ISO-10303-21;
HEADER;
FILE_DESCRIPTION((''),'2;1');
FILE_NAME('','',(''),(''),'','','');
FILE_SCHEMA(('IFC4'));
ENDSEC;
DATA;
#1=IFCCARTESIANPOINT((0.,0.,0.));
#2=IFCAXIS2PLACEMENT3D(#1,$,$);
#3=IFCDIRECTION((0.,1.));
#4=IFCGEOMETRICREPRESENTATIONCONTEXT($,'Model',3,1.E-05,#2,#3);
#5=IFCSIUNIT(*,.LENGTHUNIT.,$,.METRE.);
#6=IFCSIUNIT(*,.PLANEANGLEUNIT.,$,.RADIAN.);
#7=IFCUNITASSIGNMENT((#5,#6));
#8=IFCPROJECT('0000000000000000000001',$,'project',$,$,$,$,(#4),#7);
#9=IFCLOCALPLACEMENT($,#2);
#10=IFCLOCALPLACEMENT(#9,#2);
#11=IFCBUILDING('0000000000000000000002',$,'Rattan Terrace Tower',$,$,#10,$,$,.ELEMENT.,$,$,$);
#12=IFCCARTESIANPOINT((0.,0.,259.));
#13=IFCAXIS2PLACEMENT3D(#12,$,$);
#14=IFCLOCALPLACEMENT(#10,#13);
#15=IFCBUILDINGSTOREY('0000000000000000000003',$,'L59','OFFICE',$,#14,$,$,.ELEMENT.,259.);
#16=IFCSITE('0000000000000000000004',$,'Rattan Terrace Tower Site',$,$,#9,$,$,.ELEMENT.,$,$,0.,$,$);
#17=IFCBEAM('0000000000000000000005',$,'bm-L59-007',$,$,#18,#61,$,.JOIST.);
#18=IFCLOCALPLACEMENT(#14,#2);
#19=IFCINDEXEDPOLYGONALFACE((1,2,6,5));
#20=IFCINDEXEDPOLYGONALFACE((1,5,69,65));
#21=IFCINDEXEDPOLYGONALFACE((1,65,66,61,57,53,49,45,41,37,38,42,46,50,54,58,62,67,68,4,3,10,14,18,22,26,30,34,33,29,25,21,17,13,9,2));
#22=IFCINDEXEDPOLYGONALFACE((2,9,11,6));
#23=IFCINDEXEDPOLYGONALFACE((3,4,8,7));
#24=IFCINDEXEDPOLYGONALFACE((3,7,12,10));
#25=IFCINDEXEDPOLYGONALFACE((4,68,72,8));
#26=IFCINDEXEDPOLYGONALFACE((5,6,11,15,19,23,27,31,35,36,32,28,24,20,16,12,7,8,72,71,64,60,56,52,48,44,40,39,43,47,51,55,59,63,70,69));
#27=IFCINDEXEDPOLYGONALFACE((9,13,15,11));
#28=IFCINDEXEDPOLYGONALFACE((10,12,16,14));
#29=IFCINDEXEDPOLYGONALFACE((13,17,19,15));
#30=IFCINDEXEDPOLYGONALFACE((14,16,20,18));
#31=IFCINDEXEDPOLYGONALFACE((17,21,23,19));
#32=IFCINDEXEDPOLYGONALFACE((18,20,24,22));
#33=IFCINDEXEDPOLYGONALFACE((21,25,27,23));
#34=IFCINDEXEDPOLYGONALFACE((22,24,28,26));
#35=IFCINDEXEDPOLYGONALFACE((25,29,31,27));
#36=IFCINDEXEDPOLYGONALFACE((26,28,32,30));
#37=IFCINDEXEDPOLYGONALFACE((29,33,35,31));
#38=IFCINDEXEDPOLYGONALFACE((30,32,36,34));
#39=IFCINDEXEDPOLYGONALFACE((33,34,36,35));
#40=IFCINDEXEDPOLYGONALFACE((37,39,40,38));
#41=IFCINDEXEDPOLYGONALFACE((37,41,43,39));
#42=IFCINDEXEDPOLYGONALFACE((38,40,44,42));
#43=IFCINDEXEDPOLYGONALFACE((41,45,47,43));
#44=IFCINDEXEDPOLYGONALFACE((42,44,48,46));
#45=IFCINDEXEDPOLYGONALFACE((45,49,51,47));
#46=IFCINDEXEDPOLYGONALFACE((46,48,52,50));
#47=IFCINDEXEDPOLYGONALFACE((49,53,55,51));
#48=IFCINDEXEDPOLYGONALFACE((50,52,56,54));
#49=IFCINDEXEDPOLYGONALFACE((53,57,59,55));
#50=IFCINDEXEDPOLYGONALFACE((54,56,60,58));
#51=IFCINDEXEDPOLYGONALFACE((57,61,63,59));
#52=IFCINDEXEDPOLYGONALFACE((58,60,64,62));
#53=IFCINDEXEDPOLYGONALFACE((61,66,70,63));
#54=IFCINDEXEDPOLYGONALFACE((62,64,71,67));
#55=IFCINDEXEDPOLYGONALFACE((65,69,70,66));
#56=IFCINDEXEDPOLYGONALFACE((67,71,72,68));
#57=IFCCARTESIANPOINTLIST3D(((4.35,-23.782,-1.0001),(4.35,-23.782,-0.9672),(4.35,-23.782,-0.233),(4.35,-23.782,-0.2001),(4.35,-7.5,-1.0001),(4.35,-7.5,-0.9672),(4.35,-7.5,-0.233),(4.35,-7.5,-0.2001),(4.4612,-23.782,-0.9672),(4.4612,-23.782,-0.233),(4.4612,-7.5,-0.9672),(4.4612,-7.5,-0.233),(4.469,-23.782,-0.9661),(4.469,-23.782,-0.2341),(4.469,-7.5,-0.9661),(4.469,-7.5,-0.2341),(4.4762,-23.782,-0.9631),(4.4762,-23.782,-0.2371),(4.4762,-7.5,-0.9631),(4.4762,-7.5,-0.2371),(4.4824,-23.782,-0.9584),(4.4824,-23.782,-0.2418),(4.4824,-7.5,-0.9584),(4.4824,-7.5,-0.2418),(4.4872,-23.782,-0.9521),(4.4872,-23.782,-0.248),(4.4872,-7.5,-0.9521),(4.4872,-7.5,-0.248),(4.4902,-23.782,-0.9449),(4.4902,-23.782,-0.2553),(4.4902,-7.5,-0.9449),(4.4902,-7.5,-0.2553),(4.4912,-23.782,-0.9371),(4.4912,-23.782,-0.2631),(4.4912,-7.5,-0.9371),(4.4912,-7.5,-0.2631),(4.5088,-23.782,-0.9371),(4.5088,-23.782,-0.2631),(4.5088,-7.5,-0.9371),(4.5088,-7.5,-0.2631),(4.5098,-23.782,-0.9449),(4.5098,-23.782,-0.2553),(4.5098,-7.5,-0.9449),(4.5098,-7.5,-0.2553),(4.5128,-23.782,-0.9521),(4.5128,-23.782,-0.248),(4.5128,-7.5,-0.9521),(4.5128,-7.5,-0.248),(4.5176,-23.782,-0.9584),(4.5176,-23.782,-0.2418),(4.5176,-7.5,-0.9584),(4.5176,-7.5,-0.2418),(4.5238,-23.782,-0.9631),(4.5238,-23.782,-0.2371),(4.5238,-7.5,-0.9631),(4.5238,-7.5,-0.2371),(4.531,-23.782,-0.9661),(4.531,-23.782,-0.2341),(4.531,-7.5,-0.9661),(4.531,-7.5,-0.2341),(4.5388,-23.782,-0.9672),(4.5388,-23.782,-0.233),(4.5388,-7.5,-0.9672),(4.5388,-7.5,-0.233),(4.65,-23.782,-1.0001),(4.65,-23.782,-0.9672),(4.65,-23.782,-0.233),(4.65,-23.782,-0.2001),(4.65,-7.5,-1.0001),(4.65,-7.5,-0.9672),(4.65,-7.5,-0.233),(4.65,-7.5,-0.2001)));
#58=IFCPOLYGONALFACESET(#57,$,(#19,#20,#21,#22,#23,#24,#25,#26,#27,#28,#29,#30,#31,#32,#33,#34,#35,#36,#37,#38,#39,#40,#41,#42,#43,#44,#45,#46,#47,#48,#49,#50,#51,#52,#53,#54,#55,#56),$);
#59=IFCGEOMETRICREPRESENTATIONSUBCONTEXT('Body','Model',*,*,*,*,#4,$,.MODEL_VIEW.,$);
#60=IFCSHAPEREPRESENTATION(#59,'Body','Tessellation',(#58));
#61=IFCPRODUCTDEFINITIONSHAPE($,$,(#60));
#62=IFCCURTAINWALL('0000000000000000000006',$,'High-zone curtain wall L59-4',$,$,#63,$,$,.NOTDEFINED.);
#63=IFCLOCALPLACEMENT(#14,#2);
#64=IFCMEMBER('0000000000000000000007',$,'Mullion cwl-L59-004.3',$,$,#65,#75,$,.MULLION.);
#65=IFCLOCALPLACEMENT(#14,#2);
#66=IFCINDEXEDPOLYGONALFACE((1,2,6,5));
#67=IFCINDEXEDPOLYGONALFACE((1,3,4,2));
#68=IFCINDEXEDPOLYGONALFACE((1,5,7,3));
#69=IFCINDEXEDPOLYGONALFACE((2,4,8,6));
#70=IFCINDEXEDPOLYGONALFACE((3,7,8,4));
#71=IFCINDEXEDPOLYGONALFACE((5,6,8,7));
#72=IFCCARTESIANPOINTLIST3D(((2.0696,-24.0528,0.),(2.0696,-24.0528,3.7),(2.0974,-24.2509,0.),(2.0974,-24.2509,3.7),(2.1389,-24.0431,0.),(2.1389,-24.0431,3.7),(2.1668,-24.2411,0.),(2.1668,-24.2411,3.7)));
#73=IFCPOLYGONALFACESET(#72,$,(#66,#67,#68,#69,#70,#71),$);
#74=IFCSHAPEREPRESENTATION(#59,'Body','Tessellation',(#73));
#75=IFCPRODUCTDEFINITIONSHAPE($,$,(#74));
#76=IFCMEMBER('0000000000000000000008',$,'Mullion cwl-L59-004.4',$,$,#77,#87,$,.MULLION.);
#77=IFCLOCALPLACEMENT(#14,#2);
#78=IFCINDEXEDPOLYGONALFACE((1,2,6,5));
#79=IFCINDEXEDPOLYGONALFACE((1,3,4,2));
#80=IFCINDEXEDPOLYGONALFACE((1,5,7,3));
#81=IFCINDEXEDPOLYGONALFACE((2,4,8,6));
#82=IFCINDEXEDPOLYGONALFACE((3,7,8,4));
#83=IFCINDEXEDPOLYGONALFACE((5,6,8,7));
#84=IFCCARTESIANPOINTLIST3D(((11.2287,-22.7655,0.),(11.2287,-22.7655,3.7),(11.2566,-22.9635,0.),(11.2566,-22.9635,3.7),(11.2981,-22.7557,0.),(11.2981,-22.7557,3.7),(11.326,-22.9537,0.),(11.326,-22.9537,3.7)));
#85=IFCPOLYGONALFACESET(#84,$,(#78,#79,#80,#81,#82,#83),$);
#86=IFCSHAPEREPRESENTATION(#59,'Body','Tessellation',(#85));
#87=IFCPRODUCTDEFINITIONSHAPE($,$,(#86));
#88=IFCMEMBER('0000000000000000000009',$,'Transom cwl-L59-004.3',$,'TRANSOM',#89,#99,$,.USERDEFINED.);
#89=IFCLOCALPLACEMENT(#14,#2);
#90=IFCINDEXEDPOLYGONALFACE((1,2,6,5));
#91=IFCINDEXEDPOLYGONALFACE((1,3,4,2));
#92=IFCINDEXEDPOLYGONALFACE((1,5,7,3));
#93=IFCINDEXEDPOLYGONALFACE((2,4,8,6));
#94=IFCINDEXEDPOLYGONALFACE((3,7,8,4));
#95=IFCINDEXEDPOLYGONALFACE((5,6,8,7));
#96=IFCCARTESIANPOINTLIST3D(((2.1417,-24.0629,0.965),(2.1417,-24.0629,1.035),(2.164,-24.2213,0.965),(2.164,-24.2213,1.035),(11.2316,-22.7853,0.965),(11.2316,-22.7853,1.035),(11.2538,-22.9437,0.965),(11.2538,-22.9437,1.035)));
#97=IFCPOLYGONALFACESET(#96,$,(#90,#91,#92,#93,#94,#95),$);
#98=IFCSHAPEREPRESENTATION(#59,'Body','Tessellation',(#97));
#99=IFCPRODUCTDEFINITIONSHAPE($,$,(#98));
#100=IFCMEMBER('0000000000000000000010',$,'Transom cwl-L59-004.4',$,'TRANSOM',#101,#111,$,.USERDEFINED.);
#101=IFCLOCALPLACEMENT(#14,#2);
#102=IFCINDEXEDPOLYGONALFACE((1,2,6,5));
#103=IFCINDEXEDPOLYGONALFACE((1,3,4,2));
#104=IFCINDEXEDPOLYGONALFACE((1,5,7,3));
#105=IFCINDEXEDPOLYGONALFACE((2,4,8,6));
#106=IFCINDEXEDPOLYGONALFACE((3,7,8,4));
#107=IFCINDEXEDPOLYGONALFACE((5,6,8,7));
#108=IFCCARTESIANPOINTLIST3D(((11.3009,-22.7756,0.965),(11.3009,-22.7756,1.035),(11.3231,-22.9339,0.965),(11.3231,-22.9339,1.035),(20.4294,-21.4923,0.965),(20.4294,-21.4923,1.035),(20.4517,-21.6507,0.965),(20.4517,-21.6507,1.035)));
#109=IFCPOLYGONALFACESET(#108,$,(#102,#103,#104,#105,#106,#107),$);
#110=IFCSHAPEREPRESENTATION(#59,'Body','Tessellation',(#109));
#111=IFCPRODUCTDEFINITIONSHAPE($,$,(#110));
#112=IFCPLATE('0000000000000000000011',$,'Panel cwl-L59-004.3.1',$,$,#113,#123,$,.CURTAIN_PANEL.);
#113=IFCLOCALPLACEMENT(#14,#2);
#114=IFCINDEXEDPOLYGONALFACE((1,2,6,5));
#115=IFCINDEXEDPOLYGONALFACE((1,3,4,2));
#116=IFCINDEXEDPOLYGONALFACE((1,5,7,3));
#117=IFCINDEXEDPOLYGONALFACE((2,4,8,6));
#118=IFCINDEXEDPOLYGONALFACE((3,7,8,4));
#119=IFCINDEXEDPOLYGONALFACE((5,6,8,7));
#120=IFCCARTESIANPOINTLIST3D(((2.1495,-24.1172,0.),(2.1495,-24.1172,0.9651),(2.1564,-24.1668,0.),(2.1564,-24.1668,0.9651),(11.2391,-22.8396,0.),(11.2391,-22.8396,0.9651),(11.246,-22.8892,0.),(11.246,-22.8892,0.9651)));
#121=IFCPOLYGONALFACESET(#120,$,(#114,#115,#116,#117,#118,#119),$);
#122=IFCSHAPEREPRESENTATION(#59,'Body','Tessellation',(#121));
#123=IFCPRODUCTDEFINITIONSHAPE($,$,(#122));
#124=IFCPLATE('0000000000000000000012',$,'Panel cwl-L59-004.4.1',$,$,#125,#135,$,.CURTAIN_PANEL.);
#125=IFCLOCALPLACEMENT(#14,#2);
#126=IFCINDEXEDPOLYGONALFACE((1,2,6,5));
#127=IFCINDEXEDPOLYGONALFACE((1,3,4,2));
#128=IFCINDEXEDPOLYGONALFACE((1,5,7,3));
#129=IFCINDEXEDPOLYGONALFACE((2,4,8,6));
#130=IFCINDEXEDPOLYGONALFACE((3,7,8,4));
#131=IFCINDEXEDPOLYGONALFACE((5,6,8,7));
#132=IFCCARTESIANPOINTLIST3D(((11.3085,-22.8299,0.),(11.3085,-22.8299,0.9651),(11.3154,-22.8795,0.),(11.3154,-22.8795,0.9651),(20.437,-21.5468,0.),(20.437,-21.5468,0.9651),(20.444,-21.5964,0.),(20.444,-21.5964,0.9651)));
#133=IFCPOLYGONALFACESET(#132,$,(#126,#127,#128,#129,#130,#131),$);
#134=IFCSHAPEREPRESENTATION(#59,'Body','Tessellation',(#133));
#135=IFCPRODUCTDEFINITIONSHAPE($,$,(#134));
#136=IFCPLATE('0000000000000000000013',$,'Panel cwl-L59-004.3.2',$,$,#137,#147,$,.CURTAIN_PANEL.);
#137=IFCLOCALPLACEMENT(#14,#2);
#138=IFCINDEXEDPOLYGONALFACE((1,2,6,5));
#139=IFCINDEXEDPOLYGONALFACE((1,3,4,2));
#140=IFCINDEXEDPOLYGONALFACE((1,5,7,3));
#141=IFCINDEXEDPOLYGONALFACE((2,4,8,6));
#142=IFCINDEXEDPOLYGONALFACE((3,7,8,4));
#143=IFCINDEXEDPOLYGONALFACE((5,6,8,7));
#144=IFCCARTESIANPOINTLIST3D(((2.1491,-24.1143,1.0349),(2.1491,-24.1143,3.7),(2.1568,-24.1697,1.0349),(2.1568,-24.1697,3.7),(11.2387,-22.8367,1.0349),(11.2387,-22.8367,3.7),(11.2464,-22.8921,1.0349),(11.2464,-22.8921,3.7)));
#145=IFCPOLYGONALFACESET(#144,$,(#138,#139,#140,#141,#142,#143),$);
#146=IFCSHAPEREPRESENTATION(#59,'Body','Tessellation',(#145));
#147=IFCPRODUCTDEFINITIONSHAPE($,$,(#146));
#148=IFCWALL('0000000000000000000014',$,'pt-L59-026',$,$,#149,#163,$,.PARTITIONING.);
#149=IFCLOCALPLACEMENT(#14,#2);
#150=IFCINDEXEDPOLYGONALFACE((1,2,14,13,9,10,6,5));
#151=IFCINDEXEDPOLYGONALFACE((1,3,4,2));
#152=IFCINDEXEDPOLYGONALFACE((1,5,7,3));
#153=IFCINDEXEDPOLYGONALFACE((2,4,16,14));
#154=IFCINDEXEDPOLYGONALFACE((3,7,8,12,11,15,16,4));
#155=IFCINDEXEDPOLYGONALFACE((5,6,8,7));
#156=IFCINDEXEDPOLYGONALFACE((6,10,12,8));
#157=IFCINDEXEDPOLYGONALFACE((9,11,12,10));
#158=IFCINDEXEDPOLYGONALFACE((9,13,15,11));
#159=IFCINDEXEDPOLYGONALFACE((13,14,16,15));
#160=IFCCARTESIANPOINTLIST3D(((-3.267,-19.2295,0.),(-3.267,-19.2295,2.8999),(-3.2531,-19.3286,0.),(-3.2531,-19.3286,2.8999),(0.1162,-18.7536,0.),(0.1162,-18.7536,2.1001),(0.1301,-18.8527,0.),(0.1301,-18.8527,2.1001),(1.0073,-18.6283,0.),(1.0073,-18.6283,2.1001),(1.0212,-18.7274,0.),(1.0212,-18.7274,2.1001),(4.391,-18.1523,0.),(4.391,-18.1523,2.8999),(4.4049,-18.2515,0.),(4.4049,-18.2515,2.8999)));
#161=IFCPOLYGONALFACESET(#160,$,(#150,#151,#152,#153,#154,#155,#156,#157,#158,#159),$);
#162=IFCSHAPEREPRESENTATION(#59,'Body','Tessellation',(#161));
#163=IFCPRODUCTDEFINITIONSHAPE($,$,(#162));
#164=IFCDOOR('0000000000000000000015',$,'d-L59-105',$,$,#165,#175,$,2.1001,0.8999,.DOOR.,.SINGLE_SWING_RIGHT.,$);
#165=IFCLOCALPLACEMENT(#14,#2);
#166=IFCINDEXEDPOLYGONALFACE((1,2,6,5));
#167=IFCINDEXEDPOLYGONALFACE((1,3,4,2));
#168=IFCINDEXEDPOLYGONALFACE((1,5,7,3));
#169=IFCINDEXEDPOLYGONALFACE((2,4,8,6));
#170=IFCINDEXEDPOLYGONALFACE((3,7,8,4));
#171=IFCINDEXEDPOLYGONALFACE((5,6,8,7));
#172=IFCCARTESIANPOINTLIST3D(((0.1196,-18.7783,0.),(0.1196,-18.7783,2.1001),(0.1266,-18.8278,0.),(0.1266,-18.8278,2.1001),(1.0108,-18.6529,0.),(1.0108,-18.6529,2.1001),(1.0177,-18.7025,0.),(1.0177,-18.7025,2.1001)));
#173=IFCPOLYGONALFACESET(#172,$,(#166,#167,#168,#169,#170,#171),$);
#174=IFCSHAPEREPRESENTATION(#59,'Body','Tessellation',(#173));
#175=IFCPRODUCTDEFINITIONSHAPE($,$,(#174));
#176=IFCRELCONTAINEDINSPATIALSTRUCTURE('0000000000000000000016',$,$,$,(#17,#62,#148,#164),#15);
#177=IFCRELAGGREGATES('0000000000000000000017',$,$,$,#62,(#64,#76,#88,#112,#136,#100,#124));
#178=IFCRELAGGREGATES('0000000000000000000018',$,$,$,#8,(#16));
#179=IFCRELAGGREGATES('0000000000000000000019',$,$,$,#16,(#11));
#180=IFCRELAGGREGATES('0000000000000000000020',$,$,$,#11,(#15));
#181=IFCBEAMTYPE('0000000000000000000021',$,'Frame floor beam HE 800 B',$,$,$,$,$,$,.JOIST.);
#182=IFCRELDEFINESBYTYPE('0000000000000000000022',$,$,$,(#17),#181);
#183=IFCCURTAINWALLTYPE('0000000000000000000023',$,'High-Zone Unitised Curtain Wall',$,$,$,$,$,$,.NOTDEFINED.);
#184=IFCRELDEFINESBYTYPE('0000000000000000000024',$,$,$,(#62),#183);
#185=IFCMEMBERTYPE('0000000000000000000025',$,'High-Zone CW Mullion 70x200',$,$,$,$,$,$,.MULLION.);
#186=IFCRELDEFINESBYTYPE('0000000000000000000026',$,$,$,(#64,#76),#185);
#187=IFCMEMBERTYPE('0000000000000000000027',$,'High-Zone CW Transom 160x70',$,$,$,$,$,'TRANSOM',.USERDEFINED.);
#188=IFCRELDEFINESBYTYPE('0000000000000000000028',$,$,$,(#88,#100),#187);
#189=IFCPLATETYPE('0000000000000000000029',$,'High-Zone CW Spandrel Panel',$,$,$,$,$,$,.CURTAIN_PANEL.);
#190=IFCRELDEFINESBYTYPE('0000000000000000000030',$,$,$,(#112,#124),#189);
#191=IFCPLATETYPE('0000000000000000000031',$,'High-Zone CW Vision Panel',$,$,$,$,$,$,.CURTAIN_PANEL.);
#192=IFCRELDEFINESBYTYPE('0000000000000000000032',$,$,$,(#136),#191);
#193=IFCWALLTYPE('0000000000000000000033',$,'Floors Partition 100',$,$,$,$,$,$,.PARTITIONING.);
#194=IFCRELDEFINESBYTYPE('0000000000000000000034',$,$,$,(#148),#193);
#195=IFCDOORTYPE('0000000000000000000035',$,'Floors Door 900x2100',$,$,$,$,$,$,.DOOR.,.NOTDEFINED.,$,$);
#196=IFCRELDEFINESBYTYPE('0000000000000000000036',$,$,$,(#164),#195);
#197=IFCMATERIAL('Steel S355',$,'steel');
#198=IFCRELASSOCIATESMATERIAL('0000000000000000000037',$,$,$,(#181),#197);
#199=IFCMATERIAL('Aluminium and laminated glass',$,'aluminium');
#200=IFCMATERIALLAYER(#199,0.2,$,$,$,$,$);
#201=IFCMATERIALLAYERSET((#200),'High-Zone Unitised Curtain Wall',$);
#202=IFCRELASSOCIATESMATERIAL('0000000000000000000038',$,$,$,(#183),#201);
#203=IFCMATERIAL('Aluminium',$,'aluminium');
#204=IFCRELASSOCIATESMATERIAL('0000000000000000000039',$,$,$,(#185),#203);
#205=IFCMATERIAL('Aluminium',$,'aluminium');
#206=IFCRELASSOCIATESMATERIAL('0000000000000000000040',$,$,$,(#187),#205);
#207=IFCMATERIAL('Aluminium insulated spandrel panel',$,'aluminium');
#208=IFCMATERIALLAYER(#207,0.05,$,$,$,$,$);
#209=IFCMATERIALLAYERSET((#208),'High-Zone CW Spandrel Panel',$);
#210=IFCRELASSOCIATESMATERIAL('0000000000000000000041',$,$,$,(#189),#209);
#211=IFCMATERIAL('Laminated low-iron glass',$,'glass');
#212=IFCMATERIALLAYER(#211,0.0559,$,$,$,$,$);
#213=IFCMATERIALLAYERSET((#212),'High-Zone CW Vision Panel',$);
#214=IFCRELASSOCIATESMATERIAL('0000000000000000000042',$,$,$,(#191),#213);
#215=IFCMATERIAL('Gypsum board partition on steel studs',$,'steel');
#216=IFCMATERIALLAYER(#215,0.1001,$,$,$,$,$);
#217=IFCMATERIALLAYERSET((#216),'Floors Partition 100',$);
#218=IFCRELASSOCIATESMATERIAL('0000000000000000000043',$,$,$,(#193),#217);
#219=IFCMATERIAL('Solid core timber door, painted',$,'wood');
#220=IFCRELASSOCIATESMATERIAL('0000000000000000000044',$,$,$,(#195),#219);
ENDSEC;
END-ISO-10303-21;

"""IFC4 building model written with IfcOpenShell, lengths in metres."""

from ifc_helpers import new_model, si_unit, direction, frame, frame_2d, origin, origin_2d, place, context, subcontext, project, spatial, rectangle, i_section, extrude, material, layer, layer_set, material_profile, profile_set, type_object, element, fill, aggregate, save


model = new_model("IFC4")

# Units and contexts
model_context = context("Model", 3, precision=1e-05, world=origin(), true_north=direction((0.0, 1.0)))
body_context = subcontext(model_context, "Body", "Model", "MODEL_VIEW")
ifc_project = project(units=[si_unit("LENGTHUNIT", "METRE"), si_unit("PLANEANGLEUNIT", "RADIAN")], contexts=[model_context])

# Site, building, storey
site_placement = place(None, origin())
site = spatial("IfcSite", under=ifc_project, at=site_placement, Name="Rattan Terrace Tower Site", CompositionType="ELEMENT", RefElevation=0.0)
building_placement = place(site_placement, origin())
building = spatial("IfcBuilding", under=site, at=building_placement, Name="Rattan Terrace Tower", CompositionType="ELEMENT")
storey_placement = place(building_placement, frame((0.0, 0.0, 259.0)))
storey = spatial("IfcBuildingStorey", under=building, at=storey_placement, Name="L59", Description="OFFICE", CompositionType="ELEMENT", Elevation=259.0)

# Beam
ifc_material_1 = material(Name="Steel S355", Category="steel")
ifc_material_profile_1 = material_profile(ifc_material_1, i_section(OverallWidth=0.3, OverallDepth=0.8, WebThickness=0.0176, FlangeThickness=0.033, FilletRadius=0.03, at=origin_2d()), Name="HE 800 B")
ifc_profile_set_1 = profile_set([ifc_material_profile_1], Name="Steel S355")
beam_type_1 = type_object("IfcBeamType", Name="Frame floor beam HE 800 B", PredefinedType="JOIST", material=ifc_profile_set_1)
beam_1_placement = place(storey_placement, frame((4.5, -23.782, -0.6001), z_axis=(0.0, 1.0, 0.0), x_axis=(-1.0, 0.0, 0.0)))
element("IfcBeam", 1, at=beam_1_placement, inside=storey, type_object=beam_type_1, Name="bm-L59-007", PredefinedType="JOIST", context=body_context, shape_type="SweptSolid", body=[
    extrude(i_section(OverallWidth=0.3, OverallDepth=0.8, WebThickness=0.0176, FlangeThickness=0.033, FilletRadius=0.03, at=origin_2d()), origin(), (0.0, 0.0, 1.0), 16.282),
])

# Curtain wall, members, plates
ifc_material_2 = material(Name="Aluminium and laminated glass", Category="aluminium")
ifc_layer_1 = layer(ifc_material_2, 0.2)
ifc_layer_set_1 = layer_set([ifc_layer_1], Name="High-Zone Unitised Curtain Wall")
curtain_wall_type = type_object("IfcCurtainWallType", Name="High-Zone Unitised Curtain Wall", PredefinedType="NOTDEFINED", material=ifc_layer_set_1)
curtain_wall_placement = place(storey_placement, origin())
curtain_wall = element("IfcCurtainWall", 2, at=curtain_wall_placement, inside=storey, type_object=curtain_wall_type, Name="High-zone curtain wall L59-4", PredefinedType="NOTDEFINED")
ifc_material_3 = material(Name="Aluminium", Category="aluminium")
ifc_material_profile_2 = material_profile(ifc_material_3, rectangle(XDim=0.0701, YDim=0.2, at=origin_2d()), Name="Aluminium 70x200")
ifc_profile_set_2 = profile_set([ifc_material_profile_2], Name="Aluminium")
member_type_1 = type_object("IfcMemberType", Name="High-Zone CW Mullion 70x200", PredefinedType="MULLION", material=ifc_profile_set_2)
member_1_placement = place(storey_placement, frame((2.1182, -24.147, 0.0), z_axis=(0.0, 0.0, 1.0), x_axis=(0.990266, 0.139189, 0.0)))
member_1 = element("IfcMember", 3, at=member_1_placement, type_object=member_type_1, Name="Mullion cwl-L59-004.3", PredefinedType="MULLION", context=body_context, shape_type="SweptSolid", body=[
    extrude(rectangle(XDim=0.0701, YDim=0.2, at=origin_2d()), origin(), (0.0, 0.0, 1.0), 3.7),
])
member_2_placement = place(storey_placement, frame((11.2773, -22.8596, 0.0), z_axis=(0.0, 0.0, 1.0), x_axis=(0.990266, 0.139189, 0.0)))
member_2 = element("IfcMember", 4, at=member_2_placement, type_object=member_type_1, Name="Mullion cwl-L59-004.4", PredefinedType="MULLION", context=body_context, shape_type="SweptSolid", body=[
    extrude(rectangle(XDim=0.0701, YDim=0.2, at=origin_2d()), origin(), (0.0, 0.0, 1.0), 3.7),
])
ifc_material_4 = material(Name="Aluminium", Category="aluminium")
ifc_material_profile_3 = material_profile(ifc_material_4, rectangle(XDim=0.1599, YDim=0.0701, at=origin_2d()), Name="Aluminium 160x70")
ifc_profile_set_3 = profile_set([ifc_material_profile_3], Name="Aluminium")
member_type_2 = type_object("IfcMemberType", Name="High-Zone CW Transom 160x70", ElementType="TRANSOM", PredefinedType="USERDEFINED", material=ifc_profile_set_3)
member_3_placement = place(storey_placement, frame((2.1528, -24.1421, 1.0), z_axis=(0.990267, 0.139183, 0.0), x_axis=(-0.139183, 0.990267, 0.0)))
member_3 = element("IfcMember", 5, at=member_3_placement, type_object=member_type_2, Name="Transom cwl-L59-004.3", ObjectType="TRANSOM", PredefinedType="USERDEFINED", context=body_context, shape_type="SweptSolid", body=[
    extrude(rectangle(XDim=0.1599, YDim=0.0701, at=origin_2d()), origin(), (0.0, 0.0, 1.0), 9.1792),
])
member_4_placement = place(storey_placement, frame((11.312, -22.8547, 1.0), z_axis=(0.990264, 0.139204, 0.0), x_axis=(-0.139204, 0.990264, 0.0)))
member_4 = element("IfcMember", 6, at=member_4_placement, type_object=member_type_2, Name="Transom cwl-L59-004.4", ObjectType="TRANSOM", PredefinedType="USERDEFINED", context=body_context, shape_type="SweptSolid", body=[
    extrude(rectangle(XDim=0.1599, YDim=0.0701, at=origin_2d()), origin(), (0.0, 0.0, 1.0), 9.2183),
])
ifc_material_5 = material(Name="Aluminium insulated spandrel panel", Category="aluminium")
ifc_layer_2 = layer(ifc_material_5, 0.05)
ifc_layer_set_2 = layer_set([ifc_layer_2], Name="High-Zone CW Spandrel Panel")
plate_type_1 = type_object("IfcPlateType", Name="High-Zone CW Spandrel Panel", PredefinedType="CURTAIN_PANEL", material=ifc_layer_set_2)
plate_1_placement = place(storey_placement, frame((6.6978, -23.5032, 0.0), z_axis=(0.0, 0.0, 1.0), x_axis=(0.990266, 0.139189, 0.0)))
plate_1 = element("IfcPlate", 7, at=plate_1_placement, type_object=plate_type_1, Name="Panel cwl-L59-004.3.1", PredefinedType="CURTAIN_PANEL", context=body_context, shape_type="SweptSolid", body=[
    extrude(rectangle(XDim=9.179, YDim=0.05, at=origin_2d()), origin(), (0.0, 0.0, 1.0), 0.9651),
])
plate_2_placement = place(storey_placement, frame((15.8762, -22.2131, 0.0), z_axis=(0.0, 0.0, 1.0), x_axis=(0.990266, 0.139189, 0.0)))
plate_2 = element("IfcPlate", 8, at=plate_2_placement, type_object=plate_type_1, Name="Panel cwl-L59-004.4.1", PredefinedType="CURTAIN_PANEL", context=body_context, shape_type="SweptSolid", body=[
    extrude(rectangle(XDim=9.2183, YDim=0.05, at=origin_2d()), origin(), (0.0, 0.0, 1.0), 0.9651),
])
ifc_material_6 = material(Name="Laminated low-iron glass", Category="glass")
ifc_layer_3 = layer(ifc_material_6, 0.0559)
ifc_layer_set_3 = layer_set([ifc_layer_3], Name="High-Zone CW Vision Panel")
plate_type_2 = type_object("IfcPlateType", Name="High-Zone CW Vision Panel", PredefinedType="CURTAIN_PANEL", material=ifc_layer_set_3)
plate_3_placement = place(storey_placement, frame((6.6978, -23.5032, 1.0349), z_axis=(0.0, 0.0, 1.0), x_axis=(0.990266, 0.139189, 0.0)))
plate_3 = element("IfcPlate", 9, at=plate_3_placement, type_object=plate_type_2, Name="Panel cwl-L59-004.3.2", PredefinedType="CURTAIN_PANEL", context=body_context, shape_type="SweptSolid", body=[
    extrude(rectangle(XDim=9.179, YDim=0.0559, at=origin_2d()), origin(), (0.0, 0.0, 1.0), 2.665),
])
aggregate(curtain_wall, [member_1, member_2, member_3, plate_1, plate_3, member_4, plate_2])

# Wall, opening, door
ifc_material_7 = material(Name="Gypsum board partition on steel studs", Category="steel")
ifc_layer_4 = layer(ifc_material_7, 0.1001)
ifc_layer_set_4 = layer_set([ifc_layer_4], Name="Floors Partition 100")
wall_type = type_object("IfcWallType", Name="Floors Partition 100", PredefinedType="PARTITIONING", material=ifc_layer_set_4)
wall_1_placement = place(storey_placement, frame((4.3979, -18.2019, 0.0), z_axis=(0.0, 0.0, 1.0), x_axis=(-0.990252, -0.139286, 0.0)))
wall_1 = element("IfcWall", 10, at=wall_1_placement, inside=storey, type_object=wall_type, Name="pt-L59-026", PredefinedType="PARTITIONING", context=body_context, shape_type="SweptSolid", body=[
    extrude(rectangle(XDim=7.7334, YDim=0.1001, at=frame_2d((3.8667, 0.0))), origin(), (0.0, 0.0, 1.0), 2.8999),
])
opening_placement = place(wall_1_placement, frame((3.417, 0.0, 0.0)))
opening = element("IfcOpeningElement", 11, at=opening_placement, cuts=wall_1, PredefinedType="OPENING", context=body_context, shape_type="SweptSolid", body=[
    extrude(rectangle(XDim=0.8999, YDim=2.1001, at=frame_2d((0.45, 1.05))), frame((0.0, 0.0605, 0.0), z_axis=(0.0, -1.0, 0.0), x_axis=(1.0, 0.0, 0.0)), (0.0, 0.0, 1.0), 0.1211),
])
ifc_material_8 = material(Name="Solid core timber door, painted", Category="wood")
door_type = type_object("IfcDoorType", Name="Floors Door 900x2100", OperationType="NOTDEFINED", PredefinedType="DOOR", material=ifc_material_8)
door_placement = place(opening_placement, origin())
door = element("IfcDoor", 12, at=door_placement, inside=storey, type_object=door_type, Name="d-L59-105", OperationType="SINGLE_SWING_RIGHT", OverallHeight=2.1001, OverallWidth=0.8999, PredefinedType="DOOR", context=body_context, shape_type="SweptSolid", body=[
    extrude(rectangle(XDim=0.8999, YDim=2.1001, at=frame_2d((0.45, 1.05))), frame((0.0, 0.0249, 0.0), z_axis=(0.0, -1.0, 0.0), x_axis=(1.0, 0.0, 0.0)), (0.0, 0.0, 1.0), 0.05),
])
fill(opening, door)

save(model, "model.ifc")
